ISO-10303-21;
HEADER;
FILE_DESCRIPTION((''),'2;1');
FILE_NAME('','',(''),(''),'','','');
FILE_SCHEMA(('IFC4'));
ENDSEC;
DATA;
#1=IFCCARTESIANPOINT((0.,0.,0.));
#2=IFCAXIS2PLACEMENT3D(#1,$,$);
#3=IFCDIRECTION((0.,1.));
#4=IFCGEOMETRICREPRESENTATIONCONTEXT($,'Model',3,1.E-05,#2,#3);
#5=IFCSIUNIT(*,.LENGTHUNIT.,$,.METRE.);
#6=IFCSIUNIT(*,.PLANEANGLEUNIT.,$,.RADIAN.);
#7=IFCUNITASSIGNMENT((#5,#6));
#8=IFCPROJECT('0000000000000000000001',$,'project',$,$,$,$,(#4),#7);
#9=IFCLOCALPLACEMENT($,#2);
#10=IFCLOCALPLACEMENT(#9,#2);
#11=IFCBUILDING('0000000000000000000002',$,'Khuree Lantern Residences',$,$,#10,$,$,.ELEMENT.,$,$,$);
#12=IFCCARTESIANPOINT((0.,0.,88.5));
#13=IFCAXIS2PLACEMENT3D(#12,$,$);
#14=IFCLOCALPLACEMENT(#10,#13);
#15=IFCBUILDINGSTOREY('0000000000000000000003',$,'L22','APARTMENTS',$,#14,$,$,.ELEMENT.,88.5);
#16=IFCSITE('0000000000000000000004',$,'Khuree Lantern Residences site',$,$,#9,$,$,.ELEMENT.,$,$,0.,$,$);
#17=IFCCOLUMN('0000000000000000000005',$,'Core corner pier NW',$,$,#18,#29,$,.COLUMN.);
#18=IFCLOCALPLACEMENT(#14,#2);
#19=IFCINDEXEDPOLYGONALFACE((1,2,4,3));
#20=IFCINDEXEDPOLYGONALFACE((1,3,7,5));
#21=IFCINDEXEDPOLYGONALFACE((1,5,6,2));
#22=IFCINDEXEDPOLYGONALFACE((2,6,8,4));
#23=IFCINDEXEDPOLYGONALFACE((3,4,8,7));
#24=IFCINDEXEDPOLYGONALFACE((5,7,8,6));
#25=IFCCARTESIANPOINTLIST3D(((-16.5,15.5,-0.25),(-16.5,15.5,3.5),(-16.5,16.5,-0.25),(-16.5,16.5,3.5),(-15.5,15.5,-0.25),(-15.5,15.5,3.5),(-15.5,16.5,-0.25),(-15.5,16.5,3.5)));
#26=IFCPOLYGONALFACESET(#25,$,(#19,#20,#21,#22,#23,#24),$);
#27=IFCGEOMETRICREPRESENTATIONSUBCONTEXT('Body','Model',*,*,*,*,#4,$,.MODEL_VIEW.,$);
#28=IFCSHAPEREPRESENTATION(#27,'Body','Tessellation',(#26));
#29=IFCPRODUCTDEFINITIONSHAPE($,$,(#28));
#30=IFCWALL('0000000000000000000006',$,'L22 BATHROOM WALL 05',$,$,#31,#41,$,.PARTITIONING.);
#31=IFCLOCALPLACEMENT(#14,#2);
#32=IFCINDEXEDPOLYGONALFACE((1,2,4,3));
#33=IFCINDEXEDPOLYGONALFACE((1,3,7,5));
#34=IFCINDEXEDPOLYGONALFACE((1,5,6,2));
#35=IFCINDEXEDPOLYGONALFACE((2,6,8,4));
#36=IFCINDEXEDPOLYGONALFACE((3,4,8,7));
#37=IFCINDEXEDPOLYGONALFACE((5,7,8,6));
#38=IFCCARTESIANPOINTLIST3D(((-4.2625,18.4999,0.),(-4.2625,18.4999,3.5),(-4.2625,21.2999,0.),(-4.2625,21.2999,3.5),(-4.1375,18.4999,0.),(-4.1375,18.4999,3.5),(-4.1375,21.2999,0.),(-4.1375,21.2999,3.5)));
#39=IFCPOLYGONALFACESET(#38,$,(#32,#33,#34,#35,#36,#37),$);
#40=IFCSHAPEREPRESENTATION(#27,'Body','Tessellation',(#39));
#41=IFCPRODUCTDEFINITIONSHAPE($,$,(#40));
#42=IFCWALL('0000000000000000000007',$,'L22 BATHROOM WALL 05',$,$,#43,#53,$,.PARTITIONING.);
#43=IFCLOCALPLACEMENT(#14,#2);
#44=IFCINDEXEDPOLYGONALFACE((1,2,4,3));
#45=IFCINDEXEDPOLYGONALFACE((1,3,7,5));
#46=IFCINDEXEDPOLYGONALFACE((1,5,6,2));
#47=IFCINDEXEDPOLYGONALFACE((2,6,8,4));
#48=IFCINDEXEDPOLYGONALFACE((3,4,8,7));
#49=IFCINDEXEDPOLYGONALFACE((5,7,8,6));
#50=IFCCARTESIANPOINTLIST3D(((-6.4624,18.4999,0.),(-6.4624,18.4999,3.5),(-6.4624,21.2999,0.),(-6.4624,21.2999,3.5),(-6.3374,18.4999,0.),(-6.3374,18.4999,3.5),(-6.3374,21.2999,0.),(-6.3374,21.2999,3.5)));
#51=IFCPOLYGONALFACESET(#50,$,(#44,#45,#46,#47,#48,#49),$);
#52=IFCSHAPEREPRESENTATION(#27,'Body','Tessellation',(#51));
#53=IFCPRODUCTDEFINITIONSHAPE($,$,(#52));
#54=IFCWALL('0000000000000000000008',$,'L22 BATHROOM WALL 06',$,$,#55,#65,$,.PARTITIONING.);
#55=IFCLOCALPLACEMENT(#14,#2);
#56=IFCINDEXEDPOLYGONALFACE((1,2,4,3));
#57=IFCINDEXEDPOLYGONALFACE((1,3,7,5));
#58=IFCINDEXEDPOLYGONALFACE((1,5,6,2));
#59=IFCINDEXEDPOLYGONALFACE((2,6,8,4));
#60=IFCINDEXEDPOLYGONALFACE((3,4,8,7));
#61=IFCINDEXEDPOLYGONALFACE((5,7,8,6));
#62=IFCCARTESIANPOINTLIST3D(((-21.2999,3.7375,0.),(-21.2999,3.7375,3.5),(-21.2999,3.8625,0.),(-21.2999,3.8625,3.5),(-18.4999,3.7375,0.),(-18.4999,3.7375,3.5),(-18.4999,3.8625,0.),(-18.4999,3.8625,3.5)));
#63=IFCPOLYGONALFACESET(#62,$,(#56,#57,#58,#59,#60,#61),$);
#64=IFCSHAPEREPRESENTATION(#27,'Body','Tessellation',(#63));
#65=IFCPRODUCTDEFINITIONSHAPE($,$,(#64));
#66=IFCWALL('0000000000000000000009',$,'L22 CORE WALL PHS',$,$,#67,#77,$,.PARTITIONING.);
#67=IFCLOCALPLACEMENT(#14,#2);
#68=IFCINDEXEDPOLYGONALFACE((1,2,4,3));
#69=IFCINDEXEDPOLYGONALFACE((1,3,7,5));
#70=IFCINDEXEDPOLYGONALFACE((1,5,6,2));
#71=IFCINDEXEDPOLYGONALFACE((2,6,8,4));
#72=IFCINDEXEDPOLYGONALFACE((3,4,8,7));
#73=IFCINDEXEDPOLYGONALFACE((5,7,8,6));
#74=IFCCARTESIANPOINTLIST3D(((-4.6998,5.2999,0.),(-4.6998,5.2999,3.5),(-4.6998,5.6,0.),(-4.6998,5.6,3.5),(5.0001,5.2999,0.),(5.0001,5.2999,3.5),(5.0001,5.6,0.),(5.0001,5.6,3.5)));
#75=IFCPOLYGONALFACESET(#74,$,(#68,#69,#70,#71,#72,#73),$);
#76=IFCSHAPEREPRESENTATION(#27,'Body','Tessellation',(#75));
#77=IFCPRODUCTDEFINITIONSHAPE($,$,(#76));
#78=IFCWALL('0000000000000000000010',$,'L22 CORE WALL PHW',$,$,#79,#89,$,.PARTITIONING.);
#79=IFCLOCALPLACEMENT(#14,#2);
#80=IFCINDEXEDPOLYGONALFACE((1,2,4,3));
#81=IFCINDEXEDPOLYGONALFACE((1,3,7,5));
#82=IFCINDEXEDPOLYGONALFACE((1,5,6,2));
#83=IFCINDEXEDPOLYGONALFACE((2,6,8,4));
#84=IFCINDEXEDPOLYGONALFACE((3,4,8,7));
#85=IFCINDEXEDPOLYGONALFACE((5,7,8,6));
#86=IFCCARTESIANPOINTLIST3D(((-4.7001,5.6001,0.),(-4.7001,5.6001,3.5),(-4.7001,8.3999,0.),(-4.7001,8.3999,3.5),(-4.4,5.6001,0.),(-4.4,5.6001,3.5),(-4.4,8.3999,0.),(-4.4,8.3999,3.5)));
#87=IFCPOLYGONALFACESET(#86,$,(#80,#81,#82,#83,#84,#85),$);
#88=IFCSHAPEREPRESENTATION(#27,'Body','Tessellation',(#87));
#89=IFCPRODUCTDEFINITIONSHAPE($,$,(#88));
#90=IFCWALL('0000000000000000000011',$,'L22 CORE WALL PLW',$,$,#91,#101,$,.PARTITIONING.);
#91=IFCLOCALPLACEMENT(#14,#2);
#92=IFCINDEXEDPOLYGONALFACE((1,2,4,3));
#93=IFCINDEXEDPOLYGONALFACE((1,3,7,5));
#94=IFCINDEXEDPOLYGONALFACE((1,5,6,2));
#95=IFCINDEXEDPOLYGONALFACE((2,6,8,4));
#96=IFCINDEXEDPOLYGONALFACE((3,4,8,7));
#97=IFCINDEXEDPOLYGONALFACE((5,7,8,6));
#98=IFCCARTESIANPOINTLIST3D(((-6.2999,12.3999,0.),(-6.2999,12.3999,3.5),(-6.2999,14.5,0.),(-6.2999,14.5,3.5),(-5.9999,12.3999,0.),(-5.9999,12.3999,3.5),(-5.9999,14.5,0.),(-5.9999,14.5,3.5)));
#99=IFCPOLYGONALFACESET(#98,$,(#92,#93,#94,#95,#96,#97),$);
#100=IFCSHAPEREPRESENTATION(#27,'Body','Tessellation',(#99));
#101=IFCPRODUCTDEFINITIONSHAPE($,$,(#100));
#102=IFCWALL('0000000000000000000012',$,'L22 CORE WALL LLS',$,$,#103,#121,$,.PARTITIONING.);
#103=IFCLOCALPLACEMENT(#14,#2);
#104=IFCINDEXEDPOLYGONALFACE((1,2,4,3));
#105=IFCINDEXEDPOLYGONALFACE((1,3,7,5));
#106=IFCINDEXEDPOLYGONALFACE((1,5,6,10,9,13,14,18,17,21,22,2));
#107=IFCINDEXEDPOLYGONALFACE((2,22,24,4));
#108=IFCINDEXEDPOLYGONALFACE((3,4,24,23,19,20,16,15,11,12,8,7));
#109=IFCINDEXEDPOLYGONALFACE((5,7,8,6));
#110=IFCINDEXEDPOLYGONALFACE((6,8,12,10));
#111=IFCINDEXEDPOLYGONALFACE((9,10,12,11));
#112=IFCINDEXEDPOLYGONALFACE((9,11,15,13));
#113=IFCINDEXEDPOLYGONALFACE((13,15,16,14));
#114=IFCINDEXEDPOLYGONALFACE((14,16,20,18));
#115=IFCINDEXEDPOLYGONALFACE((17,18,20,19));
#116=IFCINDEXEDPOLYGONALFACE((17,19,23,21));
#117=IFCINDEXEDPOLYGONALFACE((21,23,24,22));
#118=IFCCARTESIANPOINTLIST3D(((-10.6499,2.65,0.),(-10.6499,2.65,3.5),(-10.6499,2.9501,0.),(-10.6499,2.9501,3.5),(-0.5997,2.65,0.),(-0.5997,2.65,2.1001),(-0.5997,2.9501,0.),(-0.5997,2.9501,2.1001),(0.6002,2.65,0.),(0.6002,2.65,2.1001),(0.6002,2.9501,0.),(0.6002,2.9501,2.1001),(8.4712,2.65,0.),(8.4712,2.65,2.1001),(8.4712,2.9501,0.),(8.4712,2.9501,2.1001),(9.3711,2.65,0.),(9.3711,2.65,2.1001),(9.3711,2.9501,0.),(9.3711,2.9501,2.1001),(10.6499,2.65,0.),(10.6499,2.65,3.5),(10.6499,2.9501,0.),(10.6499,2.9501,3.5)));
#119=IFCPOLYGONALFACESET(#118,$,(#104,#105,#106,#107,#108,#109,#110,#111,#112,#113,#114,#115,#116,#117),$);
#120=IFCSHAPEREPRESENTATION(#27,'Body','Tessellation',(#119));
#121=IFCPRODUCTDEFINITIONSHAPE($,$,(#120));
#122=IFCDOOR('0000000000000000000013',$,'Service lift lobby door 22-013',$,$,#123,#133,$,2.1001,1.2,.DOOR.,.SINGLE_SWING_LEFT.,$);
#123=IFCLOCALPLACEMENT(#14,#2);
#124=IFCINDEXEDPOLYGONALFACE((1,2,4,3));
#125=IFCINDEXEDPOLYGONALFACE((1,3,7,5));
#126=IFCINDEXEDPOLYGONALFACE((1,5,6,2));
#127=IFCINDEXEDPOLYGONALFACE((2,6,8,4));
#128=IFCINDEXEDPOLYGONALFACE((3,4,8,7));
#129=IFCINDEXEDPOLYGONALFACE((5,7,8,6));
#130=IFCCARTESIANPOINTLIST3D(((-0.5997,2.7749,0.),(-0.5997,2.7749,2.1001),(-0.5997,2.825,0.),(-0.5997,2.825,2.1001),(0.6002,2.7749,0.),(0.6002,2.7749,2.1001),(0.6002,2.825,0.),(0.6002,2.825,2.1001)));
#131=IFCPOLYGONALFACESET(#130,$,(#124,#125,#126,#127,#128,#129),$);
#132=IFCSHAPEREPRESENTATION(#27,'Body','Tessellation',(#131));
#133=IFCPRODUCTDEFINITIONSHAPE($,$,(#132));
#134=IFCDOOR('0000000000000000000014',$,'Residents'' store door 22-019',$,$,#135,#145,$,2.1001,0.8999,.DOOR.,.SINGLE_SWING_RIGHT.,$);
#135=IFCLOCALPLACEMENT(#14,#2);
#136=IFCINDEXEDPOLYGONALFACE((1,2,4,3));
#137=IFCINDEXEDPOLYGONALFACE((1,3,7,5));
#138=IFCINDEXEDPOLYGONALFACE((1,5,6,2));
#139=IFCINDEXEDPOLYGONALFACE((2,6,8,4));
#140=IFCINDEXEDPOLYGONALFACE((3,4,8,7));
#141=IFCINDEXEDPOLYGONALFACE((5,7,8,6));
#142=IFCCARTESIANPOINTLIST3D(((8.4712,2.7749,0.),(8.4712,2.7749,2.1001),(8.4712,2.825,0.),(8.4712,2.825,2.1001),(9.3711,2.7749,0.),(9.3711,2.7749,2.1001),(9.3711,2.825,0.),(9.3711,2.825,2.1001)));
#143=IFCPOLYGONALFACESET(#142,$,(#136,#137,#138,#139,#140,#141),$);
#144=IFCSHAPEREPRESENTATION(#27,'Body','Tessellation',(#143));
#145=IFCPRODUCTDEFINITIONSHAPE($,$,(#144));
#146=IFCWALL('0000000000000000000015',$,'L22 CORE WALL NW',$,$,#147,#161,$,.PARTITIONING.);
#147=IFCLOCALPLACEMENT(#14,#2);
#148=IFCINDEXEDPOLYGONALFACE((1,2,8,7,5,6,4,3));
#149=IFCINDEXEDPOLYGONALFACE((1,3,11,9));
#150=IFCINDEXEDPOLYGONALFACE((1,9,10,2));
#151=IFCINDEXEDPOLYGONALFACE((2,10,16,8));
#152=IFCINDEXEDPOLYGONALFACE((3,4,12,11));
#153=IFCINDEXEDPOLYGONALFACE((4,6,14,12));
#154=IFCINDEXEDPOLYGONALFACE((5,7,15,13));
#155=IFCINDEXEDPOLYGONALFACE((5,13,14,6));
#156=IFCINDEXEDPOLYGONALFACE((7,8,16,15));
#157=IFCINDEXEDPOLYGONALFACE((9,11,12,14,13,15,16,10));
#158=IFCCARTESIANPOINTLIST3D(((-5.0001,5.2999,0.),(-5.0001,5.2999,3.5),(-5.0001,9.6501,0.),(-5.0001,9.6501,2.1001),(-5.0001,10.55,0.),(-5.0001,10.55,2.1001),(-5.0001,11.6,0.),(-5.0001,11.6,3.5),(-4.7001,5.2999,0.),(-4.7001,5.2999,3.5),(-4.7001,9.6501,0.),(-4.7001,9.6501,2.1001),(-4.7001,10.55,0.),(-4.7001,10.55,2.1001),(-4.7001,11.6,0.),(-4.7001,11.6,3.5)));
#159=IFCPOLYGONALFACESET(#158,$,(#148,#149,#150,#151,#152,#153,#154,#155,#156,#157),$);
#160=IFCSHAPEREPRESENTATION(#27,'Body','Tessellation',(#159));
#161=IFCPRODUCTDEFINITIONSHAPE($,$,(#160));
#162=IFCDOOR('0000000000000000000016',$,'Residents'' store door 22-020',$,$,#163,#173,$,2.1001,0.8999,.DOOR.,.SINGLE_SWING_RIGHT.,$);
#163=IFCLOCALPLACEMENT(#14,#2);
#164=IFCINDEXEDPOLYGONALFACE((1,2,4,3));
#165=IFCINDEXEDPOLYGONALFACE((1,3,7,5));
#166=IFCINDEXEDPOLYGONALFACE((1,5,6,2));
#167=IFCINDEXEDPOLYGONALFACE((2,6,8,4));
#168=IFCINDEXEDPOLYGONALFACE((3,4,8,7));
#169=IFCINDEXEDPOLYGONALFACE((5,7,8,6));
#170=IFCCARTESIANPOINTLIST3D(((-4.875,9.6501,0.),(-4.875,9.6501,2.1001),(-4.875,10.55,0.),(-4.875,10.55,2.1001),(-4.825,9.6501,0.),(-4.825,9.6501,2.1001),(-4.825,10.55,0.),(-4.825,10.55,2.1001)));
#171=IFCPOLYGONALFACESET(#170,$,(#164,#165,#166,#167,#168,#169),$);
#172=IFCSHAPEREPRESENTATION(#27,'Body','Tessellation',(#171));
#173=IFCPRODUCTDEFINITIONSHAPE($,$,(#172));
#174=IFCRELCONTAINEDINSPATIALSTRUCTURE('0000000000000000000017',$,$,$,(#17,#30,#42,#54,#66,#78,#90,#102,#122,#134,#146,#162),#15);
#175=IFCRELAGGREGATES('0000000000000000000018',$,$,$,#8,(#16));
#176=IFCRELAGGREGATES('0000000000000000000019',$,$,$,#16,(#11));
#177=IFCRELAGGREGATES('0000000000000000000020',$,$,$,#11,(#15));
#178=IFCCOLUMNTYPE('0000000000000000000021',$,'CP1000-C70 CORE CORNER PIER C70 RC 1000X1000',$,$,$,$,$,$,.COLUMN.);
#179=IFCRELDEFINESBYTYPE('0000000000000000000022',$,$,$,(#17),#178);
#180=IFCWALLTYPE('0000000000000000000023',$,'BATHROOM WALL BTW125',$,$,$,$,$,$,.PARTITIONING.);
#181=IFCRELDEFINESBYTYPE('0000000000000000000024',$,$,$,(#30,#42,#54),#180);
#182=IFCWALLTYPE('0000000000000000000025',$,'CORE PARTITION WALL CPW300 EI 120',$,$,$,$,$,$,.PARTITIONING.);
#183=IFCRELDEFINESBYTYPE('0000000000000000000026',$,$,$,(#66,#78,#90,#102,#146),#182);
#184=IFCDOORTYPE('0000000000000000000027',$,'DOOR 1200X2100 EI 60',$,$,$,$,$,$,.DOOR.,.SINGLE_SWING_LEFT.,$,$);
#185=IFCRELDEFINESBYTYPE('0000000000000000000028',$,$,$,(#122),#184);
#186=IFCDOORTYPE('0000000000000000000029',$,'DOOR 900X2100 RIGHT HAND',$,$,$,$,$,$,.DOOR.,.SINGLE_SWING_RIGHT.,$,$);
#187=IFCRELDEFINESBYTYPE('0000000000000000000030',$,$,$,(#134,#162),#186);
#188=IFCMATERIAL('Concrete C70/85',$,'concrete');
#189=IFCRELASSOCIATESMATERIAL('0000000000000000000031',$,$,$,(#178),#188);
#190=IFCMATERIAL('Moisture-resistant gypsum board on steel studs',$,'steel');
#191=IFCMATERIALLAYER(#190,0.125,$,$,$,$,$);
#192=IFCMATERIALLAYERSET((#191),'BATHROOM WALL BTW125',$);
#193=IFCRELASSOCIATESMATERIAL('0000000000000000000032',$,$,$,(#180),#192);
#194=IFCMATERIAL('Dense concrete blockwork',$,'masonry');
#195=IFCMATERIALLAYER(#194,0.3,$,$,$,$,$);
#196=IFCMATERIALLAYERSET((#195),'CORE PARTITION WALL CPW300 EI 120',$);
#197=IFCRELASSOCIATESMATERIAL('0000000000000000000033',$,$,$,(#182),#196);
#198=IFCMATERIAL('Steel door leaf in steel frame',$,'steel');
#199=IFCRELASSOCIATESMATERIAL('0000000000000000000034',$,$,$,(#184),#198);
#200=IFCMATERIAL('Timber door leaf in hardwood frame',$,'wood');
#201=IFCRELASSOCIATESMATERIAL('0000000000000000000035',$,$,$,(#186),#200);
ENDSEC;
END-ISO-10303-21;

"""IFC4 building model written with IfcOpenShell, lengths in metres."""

from ifc_helpers import new_model, si_unit, direction, frame, frame_2d, origin, origin_2d, place, context, subcontext, project, spatial, rectangle, extrude, material, layer, layer_set, material_profile, profile_set, type_object, element, fill, save


model = new_model("IFC4")

# Units and contexts
model_context = context("Model", 3, precision=1e-05, world=origin(), true_north=direction((0.0, 1.0)))
body_context = subcontext(model_context, "Body", "Model", "MODEL_VIEW")
ifc_project = project(units=[si_unit("LENGTHUNIT", "METRE"), si_unit("PLANEANGLEUNIT", "RADIAN")], contexts=[model_context])

# Site, building, storey
site_placement = place(None, origin())
site = spatial("IfcSite", under=ifc_project, at=site_placement, Name="Khuree Lantern Residences site", CompositionType="ELEMENT", RefElevation=0.0)
building_placement = place(site_placement, origin())
building = spatial("IfcBuilding", under=site, at=building_placement, Name="Khuree Lantern Residences", CompositionType="ELEMENT")
storey_placement = place(building_placement, frame((0.0, 0.0, 88.5)))
storey = spatial("IfcBuildingStorey", under=building, at=storey_placement, Name="L22", Description="APARTMENTS", CompositionType="ELEMENT", Elevation=88.5)

# Column
ifc_material_1 = material(Name="Concrete C70/85", Category="concrete")
ifc_material_profile = material_profile(ifc_material_1, rectangle(XDim=1.0, YDim=1.0, at=origin_2d()), Name="RC 1000X1000")
ifc_profile_set = profile_set([ifc_material_profile], Name="Concrete C70/85")
column_type = type_object("IfcColumnType", Name="CP1000-C70 CORE CORNER PIER C70 RC 1000X1000", PredefinedType="COLUMN", material=ifc_profile_set)
column_placement = place(storey_placement, frame((-16.0, 16.0, -0.25), z_axis=(0.0, 0.0, 1.0), x_axis=(1.0, 0.0, 0.0)))
element("IfcColumn", 1, at=column_placement, inside=storey, type_object=column_type, Name="Core corner pier NW", PredefinedType="COLUMN", context=body_context, shape_type="SweptSolid", body=[
    extrude(rectangle(XDim=1.0, YDim=1.0, at=origin_2d()), origin(), (0.0, 0.0, 1.0), 3.75),
])

# Walls
ifc_material_2 = material(Name="Moisture-resistant gypsum board on steel studs", Category="steel")
ifc_layer_1 = layer(ifc_material_2, 0.125)
ifc_layer_set_1 = layer_set([ifc_layer_1], Name="BATHROOM WALL BTW125")
wall_type_1 = type_object("IfcWallType", Name="BATHROOM WALL BTW125", PredefinedType="PARTITIONING", material=ifc_layer_set_1)
for number, where, z_axis, x_axis, name in (
    (2, (-4.2, 18.5, 0.0), (0.0, 0.0, 1.0), (0.0, 1.0, 0.0), "L22 BATHROOM WALL 05"),
    (3, (-6.3999, 18.5, 0.0), (0.0, 0.0, 1.0), (0.0, 1.0, 0.0), "L22 BATHROOM WALL 05"),
    (4, (-18.5, 3.8, 0.0), (0.0, 0.0, 1.0), (-1.0, 0.0, 0.0), "L22 BATHROOM WALL 06"),
):
    element("IfcWall", number, at=place(storey_placement, frame(where, z_axis=z_axis, x_axis=x_axis)), inside=storey, type_object=wall_type_1, Name=name, PredefinedType="PARTITIONING", context=body_context, shape_type="SweptSolid", body=[
        extrude(rectangle(XDim=2.8, YDim=0.125, at=frame_2d((1.3999, 0.0))), origin(), (0.0, 0.0, 1.0), 3.5),
    ])
ifc_material_3 = material(Name="Dense concrete blockwork", Category="masonry")
ifc_layer_2 = layer(ifc_material_3, 0.3)
ifc_layer_set_2 = layer_set([ifc_layer_2], Name="CORE PARTITION WALL CPW300 EI 120")
wall_type_2 = type_object("IfcWallType", Name="CORE PARTITION WALL CPW300 EI 120", PredefinedType="PARTITIONING", material=ifc_layer_set_2)
wall_1_placement = place(storey_placement, frame((-4.7, 5.45, 0.0), z_axis=(0.0, 0.0, 1.0), x_axis=(1.0, 0.0, 0.0)))
element("IfcWall", 5, at=wall_1_placement, inside=storey, type_object=wall_type_2, Name="L22 CORE WALL PHS", PredefinedType="PARTITIONING", context=body_context, shape_type="SweptSolid", body=[
    extrude(rectangle(XDim=9.7, YDim=0.3, at=frame_2d((4.8501, 0.0))), origin(), (0.0, 0.0, 1.0), 3.5),
])
wall_2_placement = place(storey_placement, frame((-4.55, 5.6001, 0.0), z_axis=(0.0, 0.0, 1.0), x_axis=(0.0, 1.0, 0.0)))
element("IfcWall", 6, at=wall_2_placement, inside=storey, type_object=wall_type_2, Name="L22 CORE WALL PHW", PredefinedType="PARTITIONING", context=body_context, shape_type="SweptSolid", body=[
    extrude(rectangle(XDim=2.7998, YDim=0.3, at=frame_2d((1.3999, 0.0))), origin(), (0.0, 0.0, 1.0), 3.5),
])
wall_3_placement = place(storey_placement, frame((-6.1499, 12.3999, 0.0), z_axis=(0.0, 0.0, 1.0), x_axis=(0.0, 1.0, 0.0)))
element("IfcWall", 7, at=wall_3_placement, inside=storey, type_object=wall_type_2, Name="L22 CORE WALL PLW", PredefinedType="PARTITIONING", context=body_context, shape_type="SweptSolid", body=[
    extrude(rectangle(XDim=2.1001, YDim=0.3, at=frame_2d((1.05, 0.0))), origin(), (0.0, 0.0, 1.0), 3.5),
])

# Wall, openings, doors
wall_4_placement = place(storey_placement, frame((-10.6499, 2.8, 0.0), z_axis=(0.0, 0.0, 1.0), x_axis=(1.0, 0.0, 0.0)))
wall_4 = element("IfcWall", 8, at=wall_4_placement, inside=storey, type_object=wall_type_2, Name="L22 CORE WALL LLS", PredefinedType="PARTITIONING", context=body_context, shape_type="SweptSolid", body=[
    extrude(rectangle(XDim=21.2998, YDim=0.3, at=frame_2d((10.6499, 0.0))), origin(), (0.0, 0.0, 1.0), 3.5),
])
opening_1_placement = place(wall_4_placement, frame((10.05, 0.0, 0.0)))
opening_1 = element("IfcOpeningElement", 9, at=opening_1_placement, cuts=wall_4, PredefinedType="OPENING", context=body_context, shape_type="SweptSolid", body=[
    extrude(rectangle(XDim=1.2, YDim=2.1001, at=frame_2d((0.6001, 1.05))), frame((0.0, 0.1602, 0.0), z_axis=(0.0, -1.0, 0.0), x_axis=(1.0, 0.0, 0.0)), (0.0, 0.0, 1.0), 0.3201),
])
opening_2_placement = place(wall_4_placement, frame((19.1211, 0.0, 0.0)))
opening_2 = element("IfcOpeningElement", 10, at=opening_2_placement, cuts=wall_4, PredefinedType="OPENING", context=body_context, shape_type="SweptSolid", body=[
    extrude(rectangle(XDim=0.8999, YDim=2.1001, at=frame_2d((0.45, 1.05))), frame((0.0, 0.1602, 0.0), z_axis=(0.0, -1.0, 0.0), x_axis=(1.0, 0.0, 0.0)), (0.0, 0.0, 1.0), 0.3201),
])
ifc_material_4 = material(Name="Steel door leaf in steel frame", Category="steel")
door_type_1 = type_object("IfcDoorType", Name="DOOR 1200X2100 EI 60", OperationType="SINGLE_SWING_LEFT", PredefinedType="DOOR", material=ifc_material_4)
door_1_placement = place(opening_1_placement, origin())
door_1 = element("IfcDoor", 11, at=door_1_placement, inside=storey, type_object=door_type_1, Name="Service lift lobby door 22-013", OperationType="SINGLE_SWING_LEFT", OverallHeight=2.1001, OverallWidth=1.2, PredefinedType="DOOR", context=body_context, shape_type="SweptSolid", body=[
    extrude(rectangle(XDim=1.2, YDim=2.1001, at=frame_2d((0.6001, 1.05))), frame((0.0, 0.0249, 0.0), z_axis=(0.0, -1.0, 0.0), x_axis=(1.0, 0.0, 0.0)), (0.0, 0.0, 1.0), 0.05),
])
fill(opening_1, door_1)
ifc_material_5 = material(Name="Timber door leaf in hardwood frame", Category="wood")
door_type_2 = type_object("IfcDoorType", Name="DOOR 900X2100 RIGHT HAND", OperationType="SINGLE_SWING_RIGHT", PredefinedType="DOOR", material=ifc_material_5)
door_2_placement = place(opening_2_placement, origin())
door_2 = element("IfcDoor", 12, at=door_2_placement, inside=storey, type_object=door_type_2, Name="Residents' store door 22-019", OperationType="SINGLE_SWING_RIGHT", OverallHeight=2.1001, OverallWidth=0.8999, PredefinedType="DOOR", context=body_context, shape_type="SweptSolid", body=[
    extrude(rectangle(XDim=0.8999, YDim=2.1001, at=frame_2d((0.45, 1.05))), frame((0.0, 0.0249, 0.0), z_axis=(0.0, -1.0, 0.0), x_axis=(1.0, 0.0, 0.0)), (0.0, 0.0, 1.0), 0.05),
])
fill(opening_2, door_2)

# Wall, opening, door
wall_5_placement = place(storey_placement, frame((-4.8501, 5.3, 0.0), z_axis=(0.0, 0.0, 1.0), x_axis=(0.0, 1.0, 0.0)))
wall_5 = element("IfcWall", 13, at=wall_5_placement, inside=storey, type_object=wall_type_2, Name="L22 CORE WALL NW", PredefinedType="PARTITIONING", context=body_context, shape_type="SweptSolid", body=[
    extrude(rectangle(XDim=6.3, YDim=0.3, at=frame_2d((3.1499, 0.0))), origin(), (0.0, 0.0, 1.0), 3.5),
])
opening_3_placement = place(wall_5_placement, frame((4.3501, 0.0, 0.0)))
opening_3 = element("IfcOpeningElement", 14, at=opening_3_placement, cuts=wall_5, PredefinedType="OPENING", context=body_context, shape_type="SweptSolid", body=[
    extrude(rectangle(XDim=0.8999, YDim=2.1001, at=frame_2d((0.45, 1.05))), frame((0.0, 0.1602, 0.0), z_axis=(0.0, -1.0, 0.0), x_axis=(1.0, 0.0, 0.0)), (0.0, 0.0, 1.0), 0.3201),
])
door_3_placement = place(opening_3_placement, origin())
door_3 = element("IfcDoor", 15, at=door_3_placement, inside=storey, type_object=door_type_2, Name="Residents' store door 22-020", OperationType="SINGLE_SWING_RIGHT", OverallHeight=2.1001, OverallWidth=0.8999, PredefinedType="DOOR", context=body_context, shape_type="SweptSolid", body=[
    extrude(rectangle(XDim=0.8999, YDim=2.1001, at=frame_2d((0.45, 1.05))), frame((0.0, 0.0249, 0.0), z_axis=(0.0, -1.0, 0.0), x_axis=(1.0, 0.0, 0.0)), (0.0, 0.0, 1.0), 0.05),
])
fill(opening_3, door_3)

save(model, "model.ifc")
